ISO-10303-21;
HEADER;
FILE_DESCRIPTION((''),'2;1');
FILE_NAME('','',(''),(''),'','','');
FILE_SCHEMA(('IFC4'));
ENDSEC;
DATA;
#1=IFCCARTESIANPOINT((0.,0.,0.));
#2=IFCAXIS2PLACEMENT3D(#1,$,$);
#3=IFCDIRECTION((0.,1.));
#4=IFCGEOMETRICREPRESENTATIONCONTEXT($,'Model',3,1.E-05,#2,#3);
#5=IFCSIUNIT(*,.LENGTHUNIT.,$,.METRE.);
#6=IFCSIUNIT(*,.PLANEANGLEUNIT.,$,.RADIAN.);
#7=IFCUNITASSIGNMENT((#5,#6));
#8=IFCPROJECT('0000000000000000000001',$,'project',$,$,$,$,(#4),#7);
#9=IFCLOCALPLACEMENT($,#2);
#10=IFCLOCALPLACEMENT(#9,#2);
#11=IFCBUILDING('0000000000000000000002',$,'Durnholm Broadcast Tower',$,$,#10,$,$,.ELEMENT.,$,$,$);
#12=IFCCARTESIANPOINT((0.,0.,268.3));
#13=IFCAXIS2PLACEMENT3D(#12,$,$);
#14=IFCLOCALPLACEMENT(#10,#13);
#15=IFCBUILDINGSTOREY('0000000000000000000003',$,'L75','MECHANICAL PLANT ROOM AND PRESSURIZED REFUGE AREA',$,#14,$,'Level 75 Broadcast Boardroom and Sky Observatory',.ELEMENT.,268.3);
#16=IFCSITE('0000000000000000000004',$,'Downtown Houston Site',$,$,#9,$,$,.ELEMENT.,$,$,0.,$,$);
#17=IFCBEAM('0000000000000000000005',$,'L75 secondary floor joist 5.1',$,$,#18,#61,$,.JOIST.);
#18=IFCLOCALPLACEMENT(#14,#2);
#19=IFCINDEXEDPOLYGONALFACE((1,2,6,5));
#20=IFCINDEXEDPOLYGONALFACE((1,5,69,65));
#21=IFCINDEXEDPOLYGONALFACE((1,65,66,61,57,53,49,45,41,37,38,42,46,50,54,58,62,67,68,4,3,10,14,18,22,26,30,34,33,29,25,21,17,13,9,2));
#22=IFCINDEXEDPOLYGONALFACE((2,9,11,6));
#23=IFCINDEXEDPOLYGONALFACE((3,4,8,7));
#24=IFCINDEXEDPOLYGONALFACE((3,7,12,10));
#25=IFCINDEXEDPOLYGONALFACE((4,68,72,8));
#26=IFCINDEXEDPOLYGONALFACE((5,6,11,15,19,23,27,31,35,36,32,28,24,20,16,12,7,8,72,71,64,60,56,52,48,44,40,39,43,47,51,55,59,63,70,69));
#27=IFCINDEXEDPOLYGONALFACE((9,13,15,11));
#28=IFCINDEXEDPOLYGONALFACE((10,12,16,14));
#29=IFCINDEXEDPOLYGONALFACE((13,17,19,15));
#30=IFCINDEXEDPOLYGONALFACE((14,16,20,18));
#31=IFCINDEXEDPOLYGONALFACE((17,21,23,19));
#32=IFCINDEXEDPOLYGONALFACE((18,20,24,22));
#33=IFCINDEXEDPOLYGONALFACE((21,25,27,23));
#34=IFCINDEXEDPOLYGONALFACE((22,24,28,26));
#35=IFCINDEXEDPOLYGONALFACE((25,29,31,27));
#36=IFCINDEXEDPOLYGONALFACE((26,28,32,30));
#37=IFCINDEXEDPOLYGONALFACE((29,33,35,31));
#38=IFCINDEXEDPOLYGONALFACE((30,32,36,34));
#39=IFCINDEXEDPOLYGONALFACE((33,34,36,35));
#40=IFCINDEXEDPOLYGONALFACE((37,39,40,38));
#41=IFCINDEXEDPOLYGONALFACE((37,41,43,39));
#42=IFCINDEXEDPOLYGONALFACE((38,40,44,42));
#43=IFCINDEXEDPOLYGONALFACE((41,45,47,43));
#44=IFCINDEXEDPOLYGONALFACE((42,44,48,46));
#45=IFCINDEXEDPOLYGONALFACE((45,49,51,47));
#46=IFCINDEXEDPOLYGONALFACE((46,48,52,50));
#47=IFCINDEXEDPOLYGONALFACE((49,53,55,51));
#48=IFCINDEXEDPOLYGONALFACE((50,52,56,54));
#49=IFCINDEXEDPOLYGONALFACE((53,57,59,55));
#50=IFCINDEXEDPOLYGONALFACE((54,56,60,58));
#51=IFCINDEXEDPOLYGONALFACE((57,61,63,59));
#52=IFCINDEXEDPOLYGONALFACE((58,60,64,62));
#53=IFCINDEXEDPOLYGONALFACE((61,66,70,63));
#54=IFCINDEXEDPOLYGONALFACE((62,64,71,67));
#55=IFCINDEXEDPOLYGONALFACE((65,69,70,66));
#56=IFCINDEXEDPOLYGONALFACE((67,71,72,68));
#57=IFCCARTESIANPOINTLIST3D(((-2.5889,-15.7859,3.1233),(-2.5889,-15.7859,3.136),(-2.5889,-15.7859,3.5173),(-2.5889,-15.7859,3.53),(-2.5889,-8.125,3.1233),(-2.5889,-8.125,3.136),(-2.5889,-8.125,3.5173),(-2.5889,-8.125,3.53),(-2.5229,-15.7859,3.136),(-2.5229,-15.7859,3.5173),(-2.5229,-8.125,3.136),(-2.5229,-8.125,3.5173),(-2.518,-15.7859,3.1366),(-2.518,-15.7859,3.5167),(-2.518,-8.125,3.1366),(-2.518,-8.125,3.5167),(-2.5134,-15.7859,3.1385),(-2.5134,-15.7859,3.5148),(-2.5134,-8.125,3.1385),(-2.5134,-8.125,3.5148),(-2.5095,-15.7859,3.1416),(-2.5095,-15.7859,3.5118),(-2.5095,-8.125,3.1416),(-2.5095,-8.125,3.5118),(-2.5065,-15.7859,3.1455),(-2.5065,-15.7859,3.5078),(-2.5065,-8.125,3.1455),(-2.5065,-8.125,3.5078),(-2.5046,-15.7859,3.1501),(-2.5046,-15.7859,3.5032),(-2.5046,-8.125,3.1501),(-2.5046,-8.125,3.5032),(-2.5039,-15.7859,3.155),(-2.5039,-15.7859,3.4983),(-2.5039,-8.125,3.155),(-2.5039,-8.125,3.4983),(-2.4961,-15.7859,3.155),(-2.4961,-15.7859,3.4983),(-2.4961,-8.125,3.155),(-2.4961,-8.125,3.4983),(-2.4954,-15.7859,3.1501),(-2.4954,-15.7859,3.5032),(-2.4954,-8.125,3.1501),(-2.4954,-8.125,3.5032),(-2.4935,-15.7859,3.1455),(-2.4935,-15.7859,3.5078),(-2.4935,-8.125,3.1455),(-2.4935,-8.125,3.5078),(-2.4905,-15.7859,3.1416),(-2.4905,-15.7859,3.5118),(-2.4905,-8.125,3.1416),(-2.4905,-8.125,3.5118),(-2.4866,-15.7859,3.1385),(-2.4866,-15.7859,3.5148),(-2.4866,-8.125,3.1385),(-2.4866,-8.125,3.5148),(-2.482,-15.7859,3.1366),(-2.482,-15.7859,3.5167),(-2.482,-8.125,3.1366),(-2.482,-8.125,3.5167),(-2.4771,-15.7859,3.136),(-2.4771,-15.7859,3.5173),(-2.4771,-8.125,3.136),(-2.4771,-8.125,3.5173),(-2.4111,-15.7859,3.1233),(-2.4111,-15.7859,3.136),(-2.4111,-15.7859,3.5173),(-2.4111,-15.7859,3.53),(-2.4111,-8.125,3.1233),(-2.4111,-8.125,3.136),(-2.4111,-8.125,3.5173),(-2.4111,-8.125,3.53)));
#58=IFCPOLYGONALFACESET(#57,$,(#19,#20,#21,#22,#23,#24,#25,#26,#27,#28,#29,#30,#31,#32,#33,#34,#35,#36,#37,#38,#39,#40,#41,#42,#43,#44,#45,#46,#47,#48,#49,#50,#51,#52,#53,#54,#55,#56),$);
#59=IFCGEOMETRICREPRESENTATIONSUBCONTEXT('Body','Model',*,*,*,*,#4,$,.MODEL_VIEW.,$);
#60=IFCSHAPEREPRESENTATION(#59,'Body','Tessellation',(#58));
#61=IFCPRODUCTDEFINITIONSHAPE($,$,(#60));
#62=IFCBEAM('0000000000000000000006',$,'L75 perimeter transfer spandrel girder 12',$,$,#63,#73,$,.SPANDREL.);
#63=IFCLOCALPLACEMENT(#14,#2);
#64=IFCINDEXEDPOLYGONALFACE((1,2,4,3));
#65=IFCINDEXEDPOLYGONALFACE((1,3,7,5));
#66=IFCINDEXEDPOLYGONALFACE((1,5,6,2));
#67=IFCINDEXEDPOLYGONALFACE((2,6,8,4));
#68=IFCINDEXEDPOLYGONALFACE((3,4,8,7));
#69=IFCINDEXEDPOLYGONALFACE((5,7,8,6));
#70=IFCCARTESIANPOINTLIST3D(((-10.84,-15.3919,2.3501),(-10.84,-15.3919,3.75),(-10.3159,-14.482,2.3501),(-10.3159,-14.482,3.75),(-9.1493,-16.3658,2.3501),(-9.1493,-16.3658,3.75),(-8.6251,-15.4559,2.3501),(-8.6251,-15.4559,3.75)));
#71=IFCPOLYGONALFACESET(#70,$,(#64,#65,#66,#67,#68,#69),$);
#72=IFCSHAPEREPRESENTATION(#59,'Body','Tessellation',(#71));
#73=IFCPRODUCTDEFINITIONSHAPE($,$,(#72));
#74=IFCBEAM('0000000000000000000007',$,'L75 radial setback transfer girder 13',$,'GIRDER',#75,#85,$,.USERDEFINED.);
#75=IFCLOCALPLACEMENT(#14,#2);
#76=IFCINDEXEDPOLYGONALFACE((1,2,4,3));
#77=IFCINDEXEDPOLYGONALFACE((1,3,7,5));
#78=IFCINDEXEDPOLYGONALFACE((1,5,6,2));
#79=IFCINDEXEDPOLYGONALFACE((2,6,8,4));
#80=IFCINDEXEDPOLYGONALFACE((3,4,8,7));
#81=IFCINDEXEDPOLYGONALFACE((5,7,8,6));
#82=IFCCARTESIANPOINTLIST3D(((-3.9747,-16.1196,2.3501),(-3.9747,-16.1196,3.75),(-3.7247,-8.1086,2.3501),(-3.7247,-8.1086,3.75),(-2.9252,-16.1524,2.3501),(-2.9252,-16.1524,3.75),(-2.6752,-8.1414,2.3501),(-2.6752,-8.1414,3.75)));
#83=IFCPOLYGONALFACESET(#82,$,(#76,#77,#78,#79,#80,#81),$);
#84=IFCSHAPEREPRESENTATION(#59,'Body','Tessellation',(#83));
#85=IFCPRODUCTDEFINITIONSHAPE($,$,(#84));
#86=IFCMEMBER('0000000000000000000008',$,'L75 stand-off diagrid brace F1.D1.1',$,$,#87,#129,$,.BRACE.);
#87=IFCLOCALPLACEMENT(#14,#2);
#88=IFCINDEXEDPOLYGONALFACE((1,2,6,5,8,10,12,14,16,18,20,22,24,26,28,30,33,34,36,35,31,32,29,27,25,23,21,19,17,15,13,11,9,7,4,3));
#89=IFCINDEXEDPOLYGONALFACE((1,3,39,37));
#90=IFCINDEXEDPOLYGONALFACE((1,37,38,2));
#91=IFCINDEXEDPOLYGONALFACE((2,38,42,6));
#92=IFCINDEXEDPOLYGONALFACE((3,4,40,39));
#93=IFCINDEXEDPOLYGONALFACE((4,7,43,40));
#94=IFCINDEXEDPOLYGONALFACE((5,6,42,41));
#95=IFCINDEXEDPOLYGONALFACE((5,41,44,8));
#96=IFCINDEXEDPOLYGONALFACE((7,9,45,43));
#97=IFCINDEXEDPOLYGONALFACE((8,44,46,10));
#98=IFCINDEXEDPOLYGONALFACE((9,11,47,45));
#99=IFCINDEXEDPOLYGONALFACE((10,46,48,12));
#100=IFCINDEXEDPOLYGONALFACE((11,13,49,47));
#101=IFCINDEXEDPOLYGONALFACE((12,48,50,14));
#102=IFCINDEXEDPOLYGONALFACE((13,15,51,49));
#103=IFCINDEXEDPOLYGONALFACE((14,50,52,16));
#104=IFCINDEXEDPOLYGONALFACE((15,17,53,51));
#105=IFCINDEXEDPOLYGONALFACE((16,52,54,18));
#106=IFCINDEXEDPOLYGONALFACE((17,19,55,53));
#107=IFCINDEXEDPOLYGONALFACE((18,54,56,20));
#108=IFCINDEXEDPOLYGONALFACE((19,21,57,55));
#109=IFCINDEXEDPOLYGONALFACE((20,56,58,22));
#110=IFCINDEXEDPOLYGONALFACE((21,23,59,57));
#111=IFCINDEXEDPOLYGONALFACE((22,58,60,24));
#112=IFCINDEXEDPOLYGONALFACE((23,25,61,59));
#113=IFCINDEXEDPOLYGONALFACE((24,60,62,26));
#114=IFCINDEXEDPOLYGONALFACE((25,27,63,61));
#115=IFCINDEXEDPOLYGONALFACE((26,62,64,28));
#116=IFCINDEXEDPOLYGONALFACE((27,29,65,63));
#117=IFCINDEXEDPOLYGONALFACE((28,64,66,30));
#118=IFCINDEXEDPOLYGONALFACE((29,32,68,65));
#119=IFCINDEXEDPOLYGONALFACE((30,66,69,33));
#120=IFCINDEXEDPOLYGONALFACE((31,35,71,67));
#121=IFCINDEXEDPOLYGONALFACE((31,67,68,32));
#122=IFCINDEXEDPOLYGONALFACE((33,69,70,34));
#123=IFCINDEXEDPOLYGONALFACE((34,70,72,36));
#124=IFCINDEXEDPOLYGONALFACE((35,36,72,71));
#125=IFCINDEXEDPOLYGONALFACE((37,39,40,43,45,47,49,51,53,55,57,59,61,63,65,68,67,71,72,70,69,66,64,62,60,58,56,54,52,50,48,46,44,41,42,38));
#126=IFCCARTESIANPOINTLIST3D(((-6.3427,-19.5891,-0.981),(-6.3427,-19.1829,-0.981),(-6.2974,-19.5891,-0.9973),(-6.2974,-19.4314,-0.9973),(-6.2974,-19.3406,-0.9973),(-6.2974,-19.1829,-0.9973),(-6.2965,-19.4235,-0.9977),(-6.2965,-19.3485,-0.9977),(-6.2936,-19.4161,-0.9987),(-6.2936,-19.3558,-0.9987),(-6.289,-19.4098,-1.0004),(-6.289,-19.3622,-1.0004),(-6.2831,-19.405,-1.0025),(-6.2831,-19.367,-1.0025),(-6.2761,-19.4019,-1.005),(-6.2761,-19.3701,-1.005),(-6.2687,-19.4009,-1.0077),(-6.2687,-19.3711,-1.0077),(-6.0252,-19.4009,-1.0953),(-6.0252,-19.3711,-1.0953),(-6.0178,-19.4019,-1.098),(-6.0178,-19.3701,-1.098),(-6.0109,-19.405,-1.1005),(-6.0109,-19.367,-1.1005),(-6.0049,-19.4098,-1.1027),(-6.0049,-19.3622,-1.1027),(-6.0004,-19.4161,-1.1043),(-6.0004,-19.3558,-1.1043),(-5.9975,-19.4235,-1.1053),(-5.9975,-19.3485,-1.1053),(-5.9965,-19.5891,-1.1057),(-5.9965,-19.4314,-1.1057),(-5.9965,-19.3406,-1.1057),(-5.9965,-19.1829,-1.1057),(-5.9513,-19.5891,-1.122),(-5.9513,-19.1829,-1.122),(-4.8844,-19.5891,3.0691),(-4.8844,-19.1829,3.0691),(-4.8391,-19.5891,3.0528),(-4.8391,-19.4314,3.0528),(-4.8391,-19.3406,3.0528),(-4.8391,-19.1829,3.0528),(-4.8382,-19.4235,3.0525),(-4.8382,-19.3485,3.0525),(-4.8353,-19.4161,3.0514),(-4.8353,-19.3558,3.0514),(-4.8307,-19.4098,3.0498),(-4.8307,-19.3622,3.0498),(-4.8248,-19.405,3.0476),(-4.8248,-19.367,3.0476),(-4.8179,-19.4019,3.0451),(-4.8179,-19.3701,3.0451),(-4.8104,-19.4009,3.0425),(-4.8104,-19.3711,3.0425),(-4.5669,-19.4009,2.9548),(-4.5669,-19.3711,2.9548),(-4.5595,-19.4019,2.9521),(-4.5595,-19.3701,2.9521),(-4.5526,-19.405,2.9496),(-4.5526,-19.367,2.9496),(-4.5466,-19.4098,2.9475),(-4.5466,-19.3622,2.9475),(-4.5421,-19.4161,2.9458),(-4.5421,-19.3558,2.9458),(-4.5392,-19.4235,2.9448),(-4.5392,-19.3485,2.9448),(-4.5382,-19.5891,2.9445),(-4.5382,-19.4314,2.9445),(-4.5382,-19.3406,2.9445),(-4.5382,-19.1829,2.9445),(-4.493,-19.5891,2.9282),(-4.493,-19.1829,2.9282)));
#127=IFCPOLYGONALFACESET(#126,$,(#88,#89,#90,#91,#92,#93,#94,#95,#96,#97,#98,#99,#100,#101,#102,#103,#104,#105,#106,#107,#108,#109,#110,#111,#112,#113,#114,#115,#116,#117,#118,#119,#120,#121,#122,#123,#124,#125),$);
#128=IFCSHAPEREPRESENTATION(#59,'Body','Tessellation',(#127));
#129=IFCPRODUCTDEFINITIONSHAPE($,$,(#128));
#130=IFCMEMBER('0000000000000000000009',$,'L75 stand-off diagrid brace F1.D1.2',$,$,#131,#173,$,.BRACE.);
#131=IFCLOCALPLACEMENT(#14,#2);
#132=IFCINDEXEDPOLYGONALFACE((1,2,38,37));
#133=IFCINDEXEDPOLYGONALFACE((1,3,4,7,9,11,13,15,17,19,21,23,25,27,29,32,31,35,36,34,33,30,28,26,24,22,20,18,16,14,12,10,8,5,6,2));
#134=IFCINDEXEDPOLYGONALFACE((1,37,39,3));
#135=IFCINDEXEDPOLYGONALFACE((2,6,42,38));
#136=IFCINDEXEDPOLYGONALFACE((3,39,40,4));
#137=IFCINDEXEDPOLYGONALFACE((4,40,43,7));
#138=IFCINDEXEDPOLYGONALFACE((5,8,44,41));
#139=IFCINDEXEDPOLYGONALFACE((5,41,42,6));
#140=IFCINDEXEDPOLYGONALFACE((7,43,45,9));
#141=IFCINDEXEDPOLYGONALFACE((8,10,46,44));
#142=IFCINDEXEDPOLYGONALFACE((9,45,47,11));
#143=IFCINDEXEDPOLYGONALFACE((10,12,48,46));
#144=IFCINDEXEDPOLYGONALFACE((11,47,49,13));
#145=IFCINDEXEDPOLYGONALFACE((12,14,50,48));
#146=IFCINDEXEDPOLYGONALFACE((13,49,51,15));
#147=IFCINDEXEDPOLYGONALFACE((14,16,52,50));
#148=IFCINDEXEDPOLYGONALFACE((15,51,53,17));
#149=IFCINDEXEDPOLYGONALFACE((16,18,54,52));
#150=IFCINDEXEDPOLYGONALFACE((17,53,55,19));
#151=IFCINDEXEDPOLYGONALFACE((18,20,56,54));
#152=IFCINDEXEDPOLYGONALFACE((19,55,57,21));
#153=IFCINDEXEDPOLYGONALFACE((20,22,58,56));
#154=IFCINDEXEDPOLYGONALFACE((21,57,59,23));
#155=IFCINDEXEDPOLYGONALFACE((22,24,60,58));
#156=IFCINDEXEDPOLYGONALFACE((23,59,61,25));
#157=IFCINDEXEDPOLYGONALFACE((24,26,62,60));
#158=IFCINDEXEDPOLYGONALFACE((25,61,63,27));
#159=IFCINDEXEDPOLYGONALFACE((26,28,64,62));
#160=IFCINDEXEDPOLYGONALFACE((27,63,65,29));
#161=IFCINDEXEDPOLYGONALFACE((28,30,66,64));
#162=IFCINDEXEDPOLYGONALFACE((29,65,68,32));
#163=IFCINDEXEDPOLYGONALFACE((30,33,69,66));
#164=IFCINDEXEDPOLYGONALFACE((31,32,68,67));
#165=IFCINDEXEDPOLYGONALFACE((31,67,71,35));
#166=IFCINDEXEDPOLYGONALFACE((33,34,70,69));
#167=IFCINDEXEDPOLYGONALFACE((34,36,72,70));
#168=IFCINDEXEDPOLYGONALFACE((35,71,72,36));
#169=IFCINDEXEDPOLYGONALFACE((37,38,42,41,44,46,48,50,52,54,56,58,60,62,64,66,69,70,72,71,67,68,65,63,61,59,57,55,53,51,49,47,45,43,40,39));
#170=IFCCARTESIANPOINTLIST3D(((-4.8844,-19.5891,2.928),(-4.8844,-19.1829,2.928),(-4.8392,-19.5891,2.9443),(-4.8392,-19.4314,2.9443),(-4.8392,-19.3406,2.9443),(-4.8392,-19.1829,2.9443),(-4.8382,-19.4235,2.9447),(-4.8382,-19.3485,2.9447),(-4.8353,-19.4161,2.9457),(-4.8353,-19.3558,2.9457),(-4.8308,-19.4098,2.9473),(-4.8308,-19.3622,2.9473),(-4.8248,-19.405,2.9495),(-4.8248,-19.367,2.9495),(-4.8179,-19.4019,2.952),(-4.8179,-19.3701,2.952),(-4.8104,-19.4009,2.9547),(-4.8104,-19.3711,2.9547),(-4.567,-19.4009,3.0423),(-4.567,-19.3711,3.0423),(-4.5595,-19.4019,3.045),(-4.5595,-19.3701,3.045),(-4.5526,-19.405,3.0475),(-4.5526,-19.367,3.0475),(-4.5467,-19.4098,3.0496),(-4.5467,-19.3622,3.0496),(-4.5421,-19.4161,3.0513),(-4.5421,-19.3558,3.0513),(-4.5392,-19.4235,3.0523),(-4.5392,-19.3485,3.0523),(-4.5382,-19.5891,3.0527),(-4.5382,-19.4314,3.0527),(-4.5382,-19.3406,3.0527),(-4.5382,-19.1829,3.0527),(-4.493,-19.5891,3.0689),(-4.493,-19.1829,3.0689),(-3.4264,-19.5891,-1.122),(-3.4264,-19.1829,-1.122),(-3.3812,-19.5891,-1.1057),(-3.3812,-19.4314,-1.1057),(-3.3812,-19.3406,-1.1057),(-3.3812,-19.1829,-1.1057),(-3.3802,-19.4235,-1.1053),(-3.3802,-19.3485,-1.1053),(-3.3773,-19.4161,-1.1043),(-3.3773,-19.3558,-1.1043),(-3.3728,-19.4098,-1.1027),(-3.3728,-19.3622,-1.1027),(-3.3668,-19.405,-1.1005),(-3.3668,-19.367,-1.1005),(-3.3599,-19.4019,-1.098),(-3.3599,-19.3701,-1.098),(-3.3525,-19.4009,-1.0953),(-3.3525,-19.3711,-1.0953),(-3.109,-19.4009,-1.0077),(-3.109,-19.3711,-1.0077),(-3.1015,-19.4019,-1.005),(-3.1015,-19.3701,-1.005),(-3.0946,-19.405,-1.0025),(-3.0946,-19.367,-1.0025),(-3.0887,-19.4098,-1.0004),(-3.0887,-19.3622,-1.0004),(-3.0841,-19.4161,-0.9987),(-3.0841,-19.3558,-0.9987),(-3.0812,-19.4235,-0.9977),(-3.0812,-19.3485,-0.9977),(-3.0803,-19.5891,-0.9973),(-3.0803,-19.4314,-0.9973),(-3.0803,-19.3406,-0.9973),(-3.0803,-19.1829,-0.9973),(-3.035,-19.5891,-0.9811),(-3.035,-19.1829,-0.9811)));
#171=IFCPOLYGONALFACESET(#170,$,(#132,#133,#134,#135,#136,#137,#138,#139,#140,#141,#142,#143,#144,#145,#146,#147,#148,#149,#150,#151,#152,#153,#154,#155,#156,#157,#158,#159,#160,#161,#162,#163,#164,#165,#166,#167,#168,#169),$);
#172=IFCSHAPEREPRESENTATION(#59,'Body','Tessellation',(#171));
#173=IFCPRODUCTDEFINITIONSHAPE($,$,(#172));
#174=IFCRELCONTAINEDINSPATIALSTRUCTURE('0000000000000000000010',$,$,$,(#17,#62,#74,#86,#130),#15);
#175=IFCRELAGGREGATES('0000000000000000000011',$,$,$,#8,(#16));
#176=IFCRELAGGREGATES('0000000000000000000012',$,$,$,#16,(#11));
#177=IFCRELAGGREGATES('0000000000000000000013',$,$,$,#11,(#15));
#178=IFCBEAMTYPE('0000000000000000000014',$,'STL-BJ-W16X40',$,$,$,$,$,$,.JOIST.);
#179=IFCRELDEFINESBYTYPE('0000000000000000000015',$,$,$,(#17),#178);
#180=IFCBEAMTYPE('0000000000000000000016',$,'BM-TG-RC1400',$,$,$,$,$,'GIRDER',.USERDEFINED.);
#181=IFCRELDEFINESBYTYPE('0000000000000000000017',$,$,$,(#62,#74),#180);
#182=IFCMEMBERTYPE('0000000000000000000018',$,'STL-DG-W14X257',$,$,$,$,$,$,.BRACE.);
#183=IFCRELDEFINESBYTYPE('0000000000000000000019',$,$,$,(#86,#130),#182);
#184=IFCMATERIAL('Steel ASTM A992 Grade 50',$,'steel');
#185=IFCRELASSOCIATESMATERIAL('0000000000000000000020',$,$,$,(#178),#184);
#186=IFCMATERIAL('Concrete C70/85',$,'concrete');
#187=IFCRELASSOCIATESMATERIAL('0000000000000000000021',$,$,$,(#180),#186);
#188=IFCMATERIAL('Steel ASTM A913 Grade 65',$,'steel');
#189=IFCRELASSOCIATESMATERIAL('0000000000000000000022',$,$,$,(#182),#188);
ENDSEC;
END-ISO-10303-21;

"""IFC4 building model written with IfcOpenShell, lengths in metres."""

from ifc_helpers import new_model, si_unit, direction, frame, origin, origin_2d, place, context, subcontext, project, spatial, rectangle, i_section, extrude, source, transform, mapped, material, material_profile, profile_set, type_object, type_shapes, element, save


model = new_model("IFC4")

# Units and contexts
model_context = context("Model", 3, precision=1e-05, world=origin(), true_north=direction((0.0, 1.0)))
body_context = subcontext(model_context, "Body", "Model", "MODEL_VIEW")
ifc_project = project(units=[si_unit("LENGTHUNIT", "METRE"), si_unit("PLANEANGLEUNIT", "RADIAN")], contexts=[model_context])

# Site, building, storey
site_placement = place(None, origin())
site = spatial("IfcSite", under=ifc_project, at=site_placement, Name="Downtown Houston Site", CompositionType="ELEMENT", RefElevation=0.0)
building_placement = place(site_placement, origin())
building = spatial("IfcBuilding", under=site, at=building_placement, Name="Durnholm Broadcast Tower", CompositionType="ELEMENT")
storey_placement = place(building_placement, frame((0.0, 0.0, 268.3)))
storey = spatial("IfcBuildingStorey", under=building, at=storey_placement, Name="L75", Description="MECHANICAL PLANT ROOM AND PRESSURIZED REFUGE AREA", LongName="Level 75 Broadcast Boardroom and Sky Observatory", CompositionType="ELEMENT", Elevation=268.3)

# Shared definitions
ifc_material_1 = material(Name="Concrete C70/85", Category="concrete")

# Beams
ifc_material_2 = material(Name="Steel ASTM A992 Grade 50", Category="steel")
ifc_material_profile_1 = material_profile(ifc_material_2, i_section(OverallWidth=0.1777, OverallDepth=0.4067, WebThickness=0.0078, FlangeThickness=0.0127, FilletRadius=0.019, at=origin_2d()), Name="W16X40")
ifc_profile_set_1 = profile_set([ifc_material_profile_1], Name="Steel ASTM A992 Grade 50")
beam_type_1 = type_object("IfcBeamType", Name="STL-BJ-W16X40", PredefinedType="JOIST", material=ifc_profile_set_1)
shared_shape_1 = source(origin(), body_context, "Body", "SweptSolid", [
    extrude(i_section(OverallWidth=0.1777, OverallDepth=0.4067, WebThickness=0.0078, FlangeThickness=0.0127, FilletRadius=0.019, at=origin_2d()), origin(), (0.0, 0.0, 1.0), 7.6609),
])
type_shapes(beam_type_1, [shared_shape_1])
for number, where, z_axis, x_axis, name in (
    (1, (-2.5, -15.7859, 3.3267), (0.0, 1.0, 0.0), (-1.0, 0.0, 0.0), "L75 secondary floor joist 5.1"),
):
    element("IfcBeam", number, at=place(storey_placement, frame(where, z_axis=z_axis, x_axis=x_axis)), inside=storey, type_object=beam_type_1, Name=name, PredefinedType="JOIST", context=body_context, shape_type="MappedRepresentation", body=[
        mapped(shared_shape_1, transform((0.0, 0.0, 0.0), x_axis=(1.0, 0.0, 0.0), y_axis=(0.0, 1.0, 0.0), z_axis=(0.0, 0.0, 1.0), scale=1.0)),
    ])
ifc_material_profile_2 = material_profile(ifc_material_1, rectangle(XDim=1.05, YDim=1.3999, at=origin_2d()), Name="RC1050X1400")
ifc_profile_set_2 = profile_set([ifc_material_profile_2], Name="Concrete C70/85")
beam_type_2 = type_object("IfcBeamType", Name="BM-TG-RC1400", ElementType="GIRDER", PredefinedType="USERDEFINED", material=ifc_profile_set_2)
shared_shape_2 = source(origin(), body_context, "Body", "SweptSolid", [
    extrude(rectangle(XDim=1.05, YDim=1.3999, at=origin_2d()), origin(), (0.0, 0.0, 1.0), 1.9512),
])
beam_1_placement = place(storey_placement, frame((-8.8872, -15.9109, 3.05), z_axis=(-0.866521, 0.499141, 0.0), x_axis=(-0.499141, -0.866521, 0.0)))
element("IfcBeam", 2, at=beam_1_placement, inside=storey, type_object=beam_type_2, Name="L75 perimeter transfer spandrel girder 12", PredefinedType="SPANDREL", context=body_context, shape_type="MappedRepresentation", body=[
    mapped(shared_shape_2, transform((0.0, 0.0, 0.0), x_axis=(1.0, 0.0, 0.0), y_axis=(0.0, 1.0, 0.0), z_axis=(0.0, 0.0, 1.0), scale=1.0)),
])
shared_shape_3 = source(origin(), body_context, "Body", "SweptSolid", [
    extrude(rectangle(XDim=1.05, YDim=1.3999, at=origin_2d()), origin(), (0.0, 0.0, 1.0), 8.0149),
])
type_shapes(beam_type_2, [shared_shape_2, shared_shape_3])
beam_2_placement = place(storey_placement, frame((-3.2, -8.125, 3.05), z_axis=(-0.031192, -0.999513, 0.0), x_axis=(0.999513, -0.031192, 0.0)))
element("IfcBeam", 3, at=beam_2_placement, inside=storey, type_object=beam_type_2, Name="L75 radial setback transfer girder 13", ObjectType="GIRDER", PredefinedType="USERDEFINED", context=body_context, shape_type="MappedRepresentation", body=[
    mapped(shared_shape_3, transform((0.0, 0.0, 0.0), x_axis=(1.0, 0.0, 0.0), y_axis=(0.0, 1.0, 0.0), z_axis=(0.0, 0.0, 1.0), scale=1.0)),
])

# Members
ifc_material_3 = material(Name="Steel ASTM A913 Grade 65", Category="steel")
ifc_material_profile_3 = material_profile(ifc_material_3, i_section(OverallWidth=0.4062, OverallDepth=0.416, WebThickness=0.0298, FlangeThickness=0.0481, FilletRadius=0.0305, at=origin_2d()), Name="W14X257")
ifc_profile_set_3 = profile_set([ifc_material_profile_3], Name="Steel ASTM A913 Grade 65")
member_type_1 = type_object("IfcMemberType", Name="STL-DG-W14X257", PredefinedType="BRACE", material=ifc_profile_set_3)
shared_shape_4 = source(origin(), body_context, "Body", "SweptSolid", [
    extrude(i_section(OverallWidth=0.4062, OverallDepth=0.416, WebThickness=0.0298, FlangeThickness=0.0481, FilletRadius=0.0305, at=origin_2d()), origin(), (0.0, 0.0, 1.0), 4.3047),
])
member_1_placement = place(storey_placement, frame((-6.147, -19.386, -1.0515), z_axis=(0.338768, 0.0, 0.94087), x_axis=(0.0, 1.0, 0.0)))
element("IfcMember", 4, at=member_1_placement, inside=storey, type_object=member_type_1, Name="L75 stand-off diagrid brace F1.D1.1", PredefinedType="BRACE", context=body_context, shape_type="MappedRepresentation", body=[
    mapped(shared_shape_4, transform((0.0, 0.0, 0.0), x_axis=(1.0, 0.0, 0.0), y_axis=(0.0, 1.0, 0.0), z_axis=(0.0, 0.0, 1.0), scale=1.0)),
])
shared_shape_5 = source(origin(), body_context, "Body", "SweptSolid", [
    extrude(i_section(OverallWidth=0.4062, OverallDepth=0.416, WebThickness=0.0298, FlangeThickness=0.0481, FilletRadius=0.0305, at=origin_2d()), origin(), (0.0, 0.0, 1.0), 4.3044),
])
type_shapes(member_type_1, [shared_shape_4, shared_shape_5])
member_2_placement = place(storey_placement, frame((-3.2307, -19.386, -1.0515), z_axis=(-0.338717, 0.0, 0.940888), x_axis=(0.0, -1.0, 0.0)))
element("IfcMember", 5, at=member_2_placement, inside=storey, type_object=member_type_1, Name="L75 stand-off diagrid brace F1.D1.2", PredefinedType="BRACE", context=body_context, shape_type="MappedRepresentation", body=[
    mapped(shared_shape_5, transform((0.0, 0.0, 0.0), x_axis=(1.0, 0.0, 0.0), y_axis=(0.0, 1.0, 0.0), z_axis=(0.0, 0.0, 1.0), scale=1.0)),
])

save(model, "model.ifc")
